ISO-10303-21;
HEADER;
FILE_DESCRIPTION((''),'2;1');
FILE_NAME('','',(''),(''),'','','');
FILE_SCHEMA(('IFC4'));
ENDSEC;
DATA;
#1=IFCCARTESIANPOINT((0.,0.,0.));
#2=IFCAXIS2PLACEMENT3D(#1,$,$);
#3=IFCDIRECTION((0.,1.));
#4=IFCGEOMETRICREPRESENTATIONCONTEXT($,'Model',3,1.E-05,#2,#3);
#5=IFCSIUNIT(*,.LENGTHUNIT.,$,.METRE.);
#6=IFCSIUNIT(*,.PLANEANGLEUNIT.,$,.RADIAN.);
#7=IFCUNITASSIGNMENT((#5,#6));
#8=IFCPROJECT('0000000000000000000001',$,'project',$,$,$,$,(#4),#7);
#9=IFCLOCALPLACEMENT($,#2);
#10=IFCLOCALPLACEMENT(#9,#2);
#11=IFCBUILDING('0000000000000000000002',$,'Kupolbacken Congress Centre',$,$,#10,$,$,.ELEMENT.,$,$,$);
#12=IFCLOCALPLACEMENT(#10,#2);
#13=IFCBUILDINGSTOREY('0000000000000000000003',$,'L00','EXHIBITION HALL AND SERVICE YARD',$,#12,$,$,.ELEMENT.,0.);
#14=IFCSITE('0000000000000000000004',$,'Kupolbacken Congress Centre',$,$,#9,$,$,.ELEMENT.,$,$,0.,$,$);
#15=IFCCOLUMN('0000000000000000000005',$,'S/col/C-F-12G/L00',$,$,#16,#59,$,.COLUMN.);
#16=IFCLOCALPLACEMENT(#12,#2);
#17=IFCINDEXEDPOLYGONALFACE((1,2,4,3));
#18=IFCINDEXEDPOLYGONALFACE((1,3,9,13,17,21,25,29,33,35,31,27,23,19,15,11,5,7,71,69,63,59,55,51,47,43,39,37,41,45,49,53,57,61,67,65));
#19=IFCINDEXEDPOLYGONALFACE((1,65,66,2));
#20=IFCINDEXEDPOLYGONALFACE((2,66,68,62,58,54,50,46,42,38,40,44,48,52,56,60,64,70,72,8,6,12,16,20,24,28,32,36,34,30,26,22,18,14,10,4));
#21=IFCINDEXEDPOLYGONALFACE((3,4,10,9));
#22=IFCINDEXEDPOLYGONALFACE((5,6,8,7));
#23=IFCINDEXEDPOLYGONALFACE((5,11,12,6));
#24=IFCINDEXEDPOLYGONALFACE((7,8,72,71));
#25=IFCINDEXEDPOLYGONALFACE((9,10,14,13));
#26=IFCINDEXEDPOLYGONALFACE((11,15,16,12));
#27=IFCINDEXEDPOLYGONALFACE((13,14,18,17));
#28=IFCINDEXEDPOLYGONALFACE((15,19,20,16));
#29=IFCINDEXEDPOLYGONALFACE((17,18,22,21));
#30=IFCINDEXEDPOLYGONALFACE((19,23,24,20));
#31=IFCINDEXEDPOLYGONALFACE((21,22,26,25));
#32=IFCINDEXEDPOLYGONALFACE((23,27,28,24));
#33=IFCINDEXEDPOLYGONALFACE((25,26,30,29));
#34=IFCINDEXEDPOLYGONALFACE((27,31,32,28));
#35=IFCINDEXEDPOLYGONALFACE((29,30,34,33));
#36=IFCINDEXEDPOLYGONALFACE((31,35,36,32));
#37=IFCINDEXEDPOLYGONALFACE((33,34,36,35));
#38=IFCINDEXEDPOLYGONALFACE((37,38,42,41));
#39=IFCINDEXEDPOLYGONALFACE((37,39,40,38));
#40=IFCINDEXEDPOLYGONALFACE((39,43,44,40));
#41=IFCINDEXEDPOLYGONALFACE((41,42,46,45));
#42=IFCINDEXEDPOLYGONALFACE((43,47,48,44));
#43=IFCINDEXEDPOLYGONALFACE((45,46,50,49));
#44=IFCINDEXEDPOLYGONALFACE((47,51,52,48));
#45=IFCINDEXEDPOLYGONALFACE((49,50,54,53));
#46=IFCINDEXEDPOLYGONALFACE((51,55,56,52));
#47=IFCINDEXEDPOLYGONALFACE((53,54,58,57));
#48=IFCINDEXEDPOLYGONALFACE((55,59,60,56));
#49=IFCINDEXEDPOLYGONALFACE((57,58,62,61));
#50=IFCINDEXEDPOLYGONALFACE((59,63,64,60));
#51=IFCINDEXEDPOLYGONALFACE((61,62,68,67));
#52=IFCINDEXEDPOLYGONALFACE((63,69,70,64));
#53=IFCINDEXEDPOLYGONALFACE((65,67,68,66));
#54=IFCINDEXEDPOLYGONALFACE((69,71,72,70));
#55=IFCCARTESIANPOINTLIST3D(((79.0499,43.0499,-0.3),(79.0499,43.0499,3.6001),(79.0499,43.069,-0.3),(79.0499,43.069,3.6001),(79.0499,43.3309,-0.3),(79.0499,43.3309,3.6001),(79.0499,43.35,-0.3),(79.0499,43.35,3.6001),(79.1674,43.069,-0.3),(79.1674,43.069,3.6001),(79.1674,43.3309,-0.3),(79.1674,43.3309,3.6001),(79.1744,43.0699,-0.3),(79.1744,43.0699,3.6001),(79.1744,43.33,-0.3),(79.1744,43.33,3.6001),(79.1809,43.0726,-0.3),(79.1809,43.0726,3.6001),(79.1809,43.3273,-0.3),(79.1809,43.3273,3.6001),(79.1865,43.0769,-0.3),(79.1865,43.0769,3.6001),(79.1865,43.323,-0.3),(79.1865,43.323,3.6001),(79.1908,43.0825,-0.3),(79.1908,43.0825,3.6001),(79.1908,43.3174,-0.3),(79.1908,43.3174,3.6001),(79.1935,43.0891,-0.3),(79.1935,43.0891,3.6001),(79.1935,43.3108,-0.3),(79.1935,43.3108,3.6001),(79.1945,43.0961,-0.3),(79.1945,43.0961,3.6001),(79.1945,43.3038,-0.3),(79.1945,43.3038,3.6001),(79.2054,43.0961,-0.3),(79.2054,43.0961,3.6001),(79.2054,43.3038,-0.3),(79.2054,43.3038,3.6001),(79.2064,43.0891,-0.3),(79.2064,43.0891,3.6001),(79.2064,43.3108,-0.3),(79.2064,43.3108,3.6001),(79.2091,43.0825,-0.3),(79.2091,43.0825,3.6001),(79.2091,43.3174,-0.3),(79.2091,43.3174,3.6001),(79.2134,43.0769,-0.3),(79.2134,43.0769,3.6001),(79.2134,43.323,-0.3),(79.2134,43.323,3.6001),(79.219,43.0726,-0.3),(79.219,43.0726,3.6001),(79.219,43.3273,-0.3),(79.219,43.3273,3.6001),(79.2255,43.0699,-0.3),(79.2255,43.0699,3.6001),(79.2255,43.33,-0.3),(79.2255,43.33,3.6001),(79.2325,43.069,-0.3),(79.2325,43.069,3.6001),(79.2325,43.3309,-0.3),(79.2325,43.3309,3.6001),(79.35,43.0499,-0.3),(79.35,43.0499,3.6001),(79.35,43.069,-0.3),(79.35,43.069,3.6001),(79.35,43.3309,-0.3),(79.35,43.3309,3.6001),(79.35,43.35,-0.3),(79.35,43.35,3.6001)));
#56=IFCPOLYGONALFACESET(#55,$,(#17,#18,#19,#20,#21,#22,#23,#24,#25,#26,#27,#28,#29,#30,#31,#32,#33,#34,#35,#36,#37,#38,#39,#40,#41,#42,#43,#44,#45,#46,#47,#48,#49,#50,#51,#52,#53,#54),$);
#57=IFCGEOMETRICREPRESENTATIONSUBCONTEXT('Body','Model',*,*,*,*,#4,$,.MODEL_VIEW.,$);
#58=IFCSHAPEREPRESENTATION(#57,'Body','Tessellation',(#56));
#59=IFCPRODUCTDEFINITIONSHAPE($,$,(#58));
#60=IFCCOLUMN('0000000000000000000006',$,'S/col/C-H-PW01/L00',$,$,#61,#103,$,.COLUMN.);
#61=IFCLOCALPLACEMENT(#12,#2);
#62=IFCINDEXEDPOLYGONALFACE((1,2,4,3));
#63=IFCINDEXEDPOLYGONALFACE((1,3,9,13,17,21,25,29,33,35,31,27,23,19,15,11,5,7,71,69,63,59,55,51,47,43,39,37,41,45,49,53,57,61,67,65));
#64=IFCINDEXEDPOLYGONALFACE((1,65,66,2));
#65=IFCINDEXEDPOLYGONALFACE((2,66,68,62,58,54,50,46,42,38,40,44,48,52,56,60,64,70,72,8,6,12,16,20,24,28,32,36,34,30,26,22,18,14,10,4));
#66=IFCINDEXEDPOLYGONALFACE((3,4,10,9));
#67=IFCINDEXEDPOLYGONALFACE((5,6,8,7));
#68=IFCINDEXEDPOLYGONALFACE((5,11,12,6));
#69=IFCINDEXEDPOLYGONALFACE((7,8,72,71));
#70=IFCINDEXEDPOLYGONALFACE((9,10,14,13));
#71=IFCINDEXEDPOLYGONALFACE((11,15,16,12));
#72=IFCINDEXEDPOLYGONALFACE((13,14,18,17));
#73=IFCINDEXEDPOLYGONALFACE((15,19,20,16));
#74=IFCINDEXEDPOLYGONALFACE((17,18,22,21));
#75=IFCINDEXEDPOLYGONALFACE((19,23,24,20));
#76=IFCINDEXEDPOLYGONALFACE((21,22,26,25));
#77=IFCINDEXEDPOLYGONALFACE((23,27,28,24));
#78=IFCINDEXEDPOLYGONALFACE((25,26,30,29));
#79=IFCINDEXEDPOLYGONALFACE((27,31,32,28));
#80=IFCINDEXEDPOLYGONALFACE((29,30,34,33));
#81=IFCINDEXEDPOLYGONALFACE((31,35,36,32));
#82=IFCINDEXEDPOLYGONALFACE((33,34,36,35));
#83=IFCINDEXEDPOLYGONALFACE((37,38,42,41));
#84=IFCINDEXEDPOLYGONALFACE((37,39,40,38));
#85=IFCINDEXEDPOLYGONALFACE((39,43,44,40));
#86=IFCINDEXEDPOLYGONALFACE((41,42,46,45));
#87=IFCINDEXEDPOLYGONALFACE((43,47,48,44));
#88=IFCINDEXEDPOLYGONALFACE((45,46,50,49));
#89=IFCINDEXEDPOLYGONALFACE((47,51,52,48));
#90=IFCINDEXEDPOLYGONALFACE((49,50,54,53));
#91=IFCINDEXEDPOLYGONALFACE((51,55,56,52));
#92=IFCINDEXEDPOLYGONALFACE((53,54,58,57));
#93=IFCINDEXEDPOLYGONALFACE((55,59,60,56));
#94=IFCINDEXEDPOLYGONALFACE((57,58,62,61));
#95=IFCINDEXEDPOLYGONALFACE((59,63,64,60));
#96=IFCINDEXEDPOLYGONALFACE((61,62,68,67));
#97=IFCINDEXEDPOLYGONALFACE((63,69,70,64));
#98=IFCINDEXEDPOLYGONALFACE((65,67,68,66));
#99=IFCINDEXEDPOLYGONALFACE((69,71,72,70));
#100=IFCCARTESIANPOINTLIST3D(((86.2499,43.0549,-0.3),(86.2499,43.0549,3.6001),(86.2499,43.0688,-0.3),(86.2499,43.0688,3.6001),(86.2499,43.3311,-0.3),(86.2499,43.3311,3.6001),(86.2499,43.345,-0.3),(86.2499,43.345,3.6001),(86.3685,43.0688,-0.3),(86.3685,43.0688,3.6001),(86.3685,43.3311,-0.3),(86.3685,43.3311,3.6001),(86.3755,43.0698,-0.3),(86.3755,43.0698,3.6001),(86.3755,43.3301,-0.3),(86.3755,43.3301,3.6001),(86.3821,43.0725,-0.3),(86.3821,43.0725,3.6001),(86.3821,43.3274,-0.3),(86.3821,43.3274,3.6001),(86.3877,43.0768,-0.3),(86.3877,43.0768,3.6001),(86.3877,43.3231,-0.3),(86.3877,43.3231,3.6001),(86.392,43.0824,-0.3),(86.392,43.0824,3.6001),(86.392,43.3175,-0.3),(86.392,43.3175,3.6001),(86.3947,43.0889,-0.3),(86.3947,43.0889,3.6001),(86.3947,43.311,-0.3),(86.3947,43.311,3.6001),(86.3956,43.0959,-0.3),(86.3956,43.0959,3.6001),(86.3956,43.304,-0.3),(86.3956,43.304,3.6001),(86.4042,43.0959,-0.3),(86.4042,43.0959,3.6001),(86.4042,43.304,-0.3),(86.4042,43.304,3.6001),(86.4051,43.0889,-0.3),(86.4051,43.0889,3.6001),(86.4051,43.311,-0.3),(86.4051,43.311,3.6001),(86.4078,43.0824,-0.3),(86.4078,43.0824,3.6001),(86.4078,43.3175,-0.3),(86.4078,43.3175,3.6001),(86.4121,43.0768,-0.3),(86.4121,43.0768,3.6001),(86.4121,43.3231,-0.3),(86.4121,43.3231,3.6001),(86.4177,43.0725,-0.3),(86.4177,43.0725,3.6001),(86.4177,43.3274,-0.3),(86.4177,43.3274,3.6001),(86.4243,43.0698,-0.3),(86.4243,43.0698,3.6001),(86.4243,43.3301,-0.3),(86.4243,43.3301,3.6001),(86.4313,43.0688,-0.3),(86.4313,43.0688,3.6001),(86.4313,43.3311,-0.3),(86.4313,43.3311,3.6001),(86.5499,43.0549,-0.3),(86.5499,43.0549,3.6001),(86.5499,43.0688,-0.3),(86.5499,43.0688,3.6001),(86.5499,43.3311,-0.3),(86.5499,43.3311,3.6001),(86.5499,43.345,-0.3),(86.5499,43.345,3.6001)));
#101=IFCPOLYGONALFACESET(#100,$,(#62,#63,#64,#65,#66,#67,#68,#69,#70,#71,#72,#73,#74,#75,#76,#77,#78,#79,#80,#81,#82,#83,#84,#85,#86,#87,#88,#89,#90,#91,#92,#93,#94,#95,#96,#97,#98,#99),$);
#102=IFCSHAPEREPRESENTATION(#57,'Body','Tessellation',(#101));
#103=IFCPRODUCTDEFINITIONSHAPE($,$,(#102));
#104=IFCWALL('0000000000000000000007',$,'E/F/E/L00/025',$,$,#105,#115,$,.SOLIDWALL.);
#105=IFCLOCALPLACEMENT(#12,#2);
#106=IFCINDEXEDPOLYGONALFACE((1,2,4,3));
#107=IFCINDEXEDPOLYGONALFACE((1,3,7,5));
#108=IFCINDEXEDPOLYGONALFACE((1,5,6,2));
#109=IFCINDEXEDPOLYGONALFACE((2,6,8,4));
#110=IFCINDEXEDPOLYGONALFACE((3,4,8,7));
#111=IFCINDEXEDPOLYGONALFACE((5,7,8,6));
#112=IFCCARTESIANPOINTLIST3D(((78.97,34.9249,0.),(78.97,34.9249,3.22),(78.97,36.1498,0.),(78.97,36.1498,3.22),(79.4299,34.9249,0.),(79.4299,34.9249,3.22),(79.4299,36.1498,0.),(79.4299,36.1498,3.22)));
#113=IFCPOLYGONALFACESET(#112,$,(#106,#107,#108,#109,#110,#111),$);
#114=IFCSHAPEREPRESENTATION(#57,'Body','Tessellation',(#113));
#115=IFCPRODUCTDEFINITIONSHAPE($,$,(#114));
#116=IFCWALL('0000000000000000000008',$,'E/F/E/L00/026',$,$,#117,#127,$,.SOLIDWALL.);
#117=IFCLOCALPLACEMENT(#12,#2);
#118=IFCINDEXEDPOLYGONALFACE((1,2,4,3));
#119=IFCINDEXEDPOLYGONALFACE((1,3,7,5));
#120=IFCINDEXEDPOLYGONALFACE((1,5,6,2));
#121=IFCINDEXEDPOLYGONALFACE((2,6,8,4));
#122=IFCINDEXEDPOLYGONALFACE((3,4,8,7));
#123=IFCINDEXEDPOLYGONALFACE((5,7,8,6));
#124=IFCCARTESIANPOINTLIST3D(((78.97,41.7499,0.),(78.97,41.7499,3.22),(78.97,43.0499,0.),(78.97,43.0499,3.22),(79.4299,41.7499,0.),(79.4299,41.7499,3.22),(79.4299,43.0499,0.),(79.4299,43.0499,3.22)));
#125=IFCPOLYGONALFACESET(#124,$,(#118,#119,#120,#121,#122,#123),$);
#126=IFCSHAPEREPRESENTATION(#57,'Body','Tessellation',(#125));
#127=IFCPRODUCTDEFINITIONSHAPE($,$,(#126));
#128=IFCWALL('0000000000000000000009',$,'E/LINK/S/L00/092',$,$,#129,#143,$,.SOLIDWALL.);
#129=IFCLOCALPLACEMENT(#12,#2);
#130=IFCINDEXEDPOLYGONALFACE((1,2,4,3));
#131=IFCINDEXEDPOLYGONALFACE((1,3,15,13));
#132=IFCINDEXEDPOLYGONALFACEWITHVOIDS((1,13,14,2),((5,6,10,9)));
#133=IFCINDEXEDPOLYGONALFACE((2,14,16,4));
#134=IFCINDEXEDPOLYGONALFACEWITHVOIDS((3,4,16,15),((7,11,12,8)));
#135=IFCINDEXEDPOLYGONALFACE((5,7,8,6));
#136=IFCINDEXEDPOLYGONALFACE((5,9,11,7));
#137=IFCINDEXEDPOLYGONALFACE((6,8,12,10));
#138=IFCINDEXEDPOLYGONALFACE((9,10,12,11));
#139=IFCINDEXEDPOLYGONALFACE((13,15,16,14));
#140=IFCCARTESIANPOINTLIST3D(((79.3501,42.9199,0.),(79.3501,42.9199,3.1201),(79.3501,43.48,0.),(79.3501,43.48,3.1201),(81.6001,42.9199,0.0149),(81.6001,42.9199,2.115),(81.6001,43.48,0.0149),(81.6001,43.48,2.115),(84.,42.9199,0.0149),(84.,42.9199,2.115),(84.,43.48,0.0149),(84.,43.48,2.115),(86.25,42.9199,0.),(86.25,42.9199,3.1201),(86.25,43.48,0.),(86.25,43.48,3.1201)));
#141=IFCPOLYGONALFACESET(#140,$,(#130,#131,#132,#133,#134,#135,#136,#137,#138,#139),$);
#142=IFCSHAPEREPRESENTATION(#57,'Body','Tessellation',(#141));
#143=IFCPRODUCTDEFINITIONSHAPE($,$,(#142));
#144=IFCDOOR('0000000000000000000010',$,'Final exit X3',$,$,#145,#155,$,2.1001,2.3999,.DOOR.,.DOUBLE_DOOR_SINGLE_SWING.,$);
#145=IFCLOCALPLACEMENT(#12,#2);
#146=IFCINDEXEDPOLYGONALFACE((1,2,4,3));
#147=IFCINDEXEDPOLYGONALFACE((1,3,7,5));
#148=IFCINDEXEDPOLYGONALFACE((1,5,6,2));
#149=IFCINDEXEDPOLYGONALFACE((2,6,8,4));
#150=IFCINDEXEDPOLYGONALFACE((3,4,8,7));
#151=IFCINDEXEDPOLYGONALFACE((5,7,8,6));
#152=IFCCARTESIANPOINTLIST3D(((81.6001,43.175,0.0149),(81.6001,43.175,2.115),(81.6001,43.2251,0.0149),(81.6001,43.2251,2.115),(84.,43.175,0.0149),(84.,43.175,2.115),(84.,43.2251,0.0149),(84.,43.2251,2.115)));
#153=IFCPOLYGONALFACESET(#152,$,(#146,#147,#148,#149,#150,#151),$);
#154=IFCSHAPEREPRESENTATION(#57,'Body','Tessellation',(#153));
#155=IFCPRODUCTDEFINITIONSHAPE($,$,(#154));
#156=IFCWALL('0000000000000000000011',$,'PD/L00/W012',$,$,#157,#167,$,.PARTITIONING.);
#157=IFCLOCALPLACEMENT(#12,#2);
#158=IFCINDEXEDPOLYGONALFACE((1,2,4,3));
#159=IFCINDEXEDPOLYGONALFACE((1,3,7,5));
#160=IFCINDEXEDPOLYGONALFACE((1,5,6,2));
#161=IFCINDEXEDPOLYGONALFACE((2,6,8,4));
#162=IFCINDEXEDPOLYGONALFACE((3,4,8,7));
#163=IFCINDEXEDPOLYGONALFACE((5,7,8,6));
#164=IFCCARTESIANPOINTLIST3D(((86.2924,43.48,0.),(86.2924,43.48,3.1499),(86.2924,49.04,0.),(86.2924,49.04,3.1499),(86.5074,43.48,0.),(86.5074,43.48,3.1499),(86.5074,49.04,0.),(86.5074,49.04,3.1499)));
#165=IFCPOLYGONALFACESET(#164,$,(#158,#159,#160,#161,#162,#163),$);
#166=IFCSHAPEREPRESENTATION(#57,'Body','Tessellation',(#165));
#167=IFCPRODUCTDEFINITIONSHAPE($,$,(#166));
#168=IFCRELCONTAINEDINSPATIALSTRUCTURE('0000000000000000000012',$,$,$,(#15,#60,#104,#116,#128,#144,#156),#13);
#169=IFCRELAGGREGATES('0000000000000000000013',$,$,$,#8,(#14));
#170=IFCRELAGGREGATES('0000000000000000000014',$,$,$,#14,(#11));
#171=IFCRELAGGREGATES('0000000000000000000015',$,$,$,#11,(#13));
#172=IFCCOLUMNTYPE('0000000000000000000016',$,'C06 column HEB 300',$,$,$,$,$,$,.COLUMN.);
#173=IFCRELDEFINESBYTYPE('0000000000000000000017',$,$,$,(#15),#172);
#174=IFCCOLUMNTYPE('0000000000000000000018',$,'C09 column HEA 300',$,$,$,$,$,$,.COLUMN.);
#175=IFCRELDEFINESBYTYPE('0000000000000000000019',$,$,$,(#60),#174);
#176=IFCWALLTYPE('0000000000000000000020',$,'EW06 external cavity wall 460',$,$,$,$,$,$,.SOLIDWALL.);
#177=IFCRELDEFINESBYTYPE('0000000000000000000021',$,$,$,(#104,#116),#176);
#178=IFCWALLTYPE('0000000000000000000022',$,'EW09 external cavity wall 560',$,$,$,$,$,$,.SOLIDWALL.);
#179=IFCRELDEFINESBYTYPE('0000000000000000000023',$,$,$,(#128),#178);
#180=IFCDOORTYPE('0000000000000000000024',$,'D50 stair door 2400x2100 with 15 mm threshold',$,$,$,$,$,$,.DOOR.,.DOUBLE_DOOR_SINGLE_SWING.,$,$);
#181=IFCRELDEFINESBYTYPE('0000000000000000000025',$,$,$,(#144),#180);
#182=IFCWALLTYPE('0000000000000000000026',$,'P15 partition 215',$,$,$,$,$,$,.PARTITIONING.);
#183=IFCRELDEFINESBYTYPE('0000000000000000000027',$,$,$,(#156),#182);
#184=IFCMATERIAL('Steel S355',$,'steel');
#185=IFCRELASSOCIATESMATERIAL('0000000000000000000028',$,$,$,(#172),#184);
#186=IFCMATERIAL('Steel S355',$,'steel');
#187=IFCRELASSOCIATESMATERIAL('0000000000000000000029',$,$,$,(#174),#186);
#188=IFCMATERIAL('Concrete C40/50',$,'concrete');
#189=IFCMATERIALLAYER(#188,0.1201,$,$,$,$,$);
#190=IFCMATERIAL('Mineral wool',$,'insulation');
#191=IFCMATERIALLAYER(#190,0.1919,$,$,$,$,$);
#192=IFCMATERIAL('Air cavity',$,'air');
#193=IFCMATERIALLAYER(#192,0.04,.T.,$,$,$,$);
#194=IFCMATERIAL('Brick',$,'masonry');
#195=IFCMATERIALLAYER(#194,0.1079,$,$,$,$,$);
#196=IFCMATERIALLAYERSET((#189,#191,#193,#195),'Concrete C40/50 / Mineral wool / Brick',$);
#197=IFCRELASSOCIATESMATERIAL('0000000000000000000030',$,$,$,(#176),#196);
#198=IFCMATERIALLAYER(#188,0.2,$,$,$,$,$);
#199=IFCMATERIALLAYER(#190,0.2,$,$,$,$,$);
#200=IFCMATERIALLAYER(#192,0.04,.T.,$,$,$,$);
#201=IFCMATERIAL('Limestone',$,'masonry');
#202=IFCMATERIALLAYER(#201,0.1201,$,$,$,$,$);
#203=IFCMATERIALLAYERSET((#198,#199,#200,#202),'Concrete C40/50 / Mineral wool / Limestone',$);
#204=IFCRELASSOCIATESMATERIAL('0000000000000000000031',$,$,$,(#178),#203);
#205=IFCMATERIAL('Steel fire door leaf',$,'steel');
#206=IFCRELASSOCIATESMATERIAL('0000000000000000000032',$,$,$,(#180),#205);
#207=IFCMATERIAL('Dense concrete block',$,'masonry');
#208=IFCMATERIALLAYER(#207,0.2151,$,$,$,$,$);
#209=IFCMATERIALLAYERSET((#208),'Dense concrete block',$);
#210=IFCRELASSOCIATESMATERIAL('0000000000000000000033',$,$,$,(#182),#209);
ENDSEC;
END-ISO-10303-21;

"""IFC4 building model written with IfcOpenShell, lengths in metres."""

from ifc_helpers import new_model, si_unit, direction, frame, frame_2d, origin, origin_2d, place, context, subcontext, project, spatial, rectangle, i_section, extrude, material, layer, layer_set, material_profile, profile_set, type_object, element, fill, save


model = new_model("IFC4")

# Units and contexts
model_context = context("Model", 3, precision=1e-05, world=origin(), true_north=direction((0.0, 1.0)))
body_context = subcontext(model_context, "Body", "Model", "MODEL_VIEW")
ifc_project = project(units=[si_unit("LENGTHUNIT", "METRE"), si_unit("PLANEANGLEUNIT", "RADIAN")], contexts=[model_context])

# Site, building, storey
site_placement = place(None, origin())
site = spatial("IfcSite", under=ifc_project, at=site_placement, Name="Kupolbacken Congress Centre", CompositionType="ELEMENT", RefElevation=0.0)
building_placement = place(site_placement, origin())
building = spatial("IfcBuilding", under=site, at=building_placement, Name="Kupolbacken Congress Centre", CompositionType="ELEMENT")
storey_placement = place(building_placement, origin())
storey = spatial("IfcBuildingStorey", under=building, at=storey_placement, Name="L00", Description="EXHIBITION HALL AND SERVICE YARD", CompositionType="ELEMENT", Elevation=0.0)

# Columns
ifc_material_1 = material(Name="Steel S355", Category="steel")
ifc_material_profile_1 = material_profile(ifc_material_1, i_section(OverallWidth=0.3, OverallDepth=0.3, WebThickness=0.011, FlangeThickness=0.019, FilletRadius=0.0271, at=origin_2d()), Name="HEB 300")
ifc_profile_set_1 = profile_set([ifc_material_profile_1], Name="Steel S355")
column_type_1 = type_object("IfcColumnType", Name="C06 column HEB 300", PredefinedType="COLUMN", material=ifc_profile_set_1)
column_1_placement = place(storey_placement, frame((79.2, 43.2, -0.3), z_axis=(0.0, 0.0, 1.0), x_axis=(1.0, 0.0, 0.0)))
element("IfcColumn", 1, at=column_1_placement, inside=storey, type_object=column_type_1, Name="S/col/C-F-12G/L00", PredefinedType="COLUMN", context=body_context, shape_type="SweptSolid", body=[
    extrude(i_section(OverallWidth=0.3, OverallDepth=0.3, WebThickness=0.011, FlangeThickness=0.019, FilletRadius=0.0271, at=origin_2d()), origin(), (0.0, 0.0, 1.0), 3.9001),
])
ifc_material_2 = material(Name="Steel S355", Category="steel")
ifc_material_profile_2 = material_profile(ifc_material_2, i_section(OverallWidth=0.3, OverallDepth=0.29, WebThickness=0.0085, FlangeThickness=0.0139, FilletRadius=0.0271, at=origin_2d()), Name="HEA 300")
ifc_profile_set_2 = profile_set([ifc_material_profile_2], Name="Steel S355")
column_type_2 = type_object("IfcColumnType", Name="C09 column HEA 300", PredefinedType="COLUMN", material=ifc_profile_set_2)
column_2_placement = place(storey_placement, frame((86.3999, 43.2, -0.3), z_axis=(0.0, 0.0, 1.0), x_axis=(1.0, 0.0, 0.0)))
element("IfcColumn", 2, at=column_2_placement, inside=storey, type_object=column_type_2, Name="S/col/C-H-PW01/L00", PredefinedType="COLUMN", context=body_context, shape_type="SweptSolid", body=[
    extrude(i_section(OverallWidth=0.3, OverallDepth=0.29, WebThickness=0.0085, FlangeThickness=0.0139, FilletRadius=0.0271, at=origin_2d()), origin(), (0.0, 0.0, 1.0), 3.9001),
])

# Walls
ifc_material_3 = material(Name="Concrete C40/50", Category="concrete")
ifc_layer_1 = layer(ifc_material_3, 0.1201)
ifc_material_4 = material(Name="Mineral wool", Category="insulation")
ifc_layer_2 = layer(ifc_material_4, 0.1919)
ifc_material_5 = material(Name="Air cavity", Category="air")
ifc_layer_3 = layer(ifc_material_5, 0.04, ventilated=True)
ifc_material_6 = material(Name="Brick", Category="masonry")
ifc_layer_4 = layer(ifc_material_6, 0.1079)
ifc_layer_set_1 = layer_set([ifc_layer_1, ifc_layer_2, ifc_layer_3, ifc_layer_4], Name="Concrete C40/50 / Mineral wool / Brick")
wall_type_1 = type_object("IfcWallType", Name="EW06 external cavity wall 460", PredefinedType="SOLIDWALL", material=ifc_layer_set_1)
wall_1_placement = place(storey_placement, frame((79.2, 34.925, 0.0), z_axis=(0.0, 0.0, 1.0), x_axis=(0.0, 1.0, 0.0)))
element("IfcWall", 3, at=wall_1_placement, inside=storey, type_object=wall_type_1, Name="E/F/E/L00/025", PredefinedType="SOLIDWALL", context=body_context, shape_type="SweptSolid", body=[
    extrude(rectangle(XDim=1.2249, YDim=0.46, at=frame_2d((0.6123, 0.0))), origin(), (0.0, 0.0, 1.0), 3.22),
])
wall_2_placement = place(storey_placement, frame((79.2, 41.75, 0.0), z_axis=(0.0, 0.0, 1.0), x_axis=(0.0, 1.0, 0.0)))
element("IfcWall", 4, at=wall_2_placement, inside=storey, type_object=wall_type_1, Name="E/F/E/L00/026", PredefinedType="SOLIDWALL", context=body_context, shape_type="SweptSolid", body=[
    extrude(rectangle(XDim=1.3, YDim=0.46, at=frame_2d((0.6499, 0.0))), origin(), (0.0, 0.0, 1.0), 3.22),
])

# Wall, opening, door
ifc_layer_5 = layer(ifc_material_3, 0.2)
ifc_layer_6 = layer(ifc_material_4, 0.2)
ifc_layer_7 = layer(ifc_material_5, 0.04, ventilated=True)
ifc_material_7 = material(Name="Limestone", Category="masonry")
ifc_layer_8 = layer(ifc_material_7, 0.1201)
ifc_layer_set_2 = layer_set([ifc_layer_5, ifc_layer_6, ifc_layer_7, ifc_layer_8], Name="Concrete C40/50 / Mineral wool / Limestone")
wall_type_2 = type_object("IfcWallType", Name="EW09 external cavity wall 560", PredefinedType="SOLIDWALL", material=ifc_layer_set_2)
wall_3_placement = place(storey_placement, frame((79.3501, 43.2, 0.0), z_axis=(0.0, 0.0, 1.0), x_axis=(1.0, 0.0, 0.0)))
wall_3 = element("IfcWall", 5, at=wall_3_placement, inside=storey, type_object=wall_type_2, Name="E/LINK/S/L00/092", PredefinedType="SOLIDWALL", context=body_context, shape_type="SweptSolid", body=[
    extrude(rectangle(XDim=6.8999, YDim=0.5601, at=frame_2d((3.45, 0.0))), origin(), (0.0, 0.0, 1.0), 3.1201),
])
opening_placement = place(wall_3_placement, frame((2.25, 0.0, 0.0149)))
opening = element("IfcOpeningElement", 6, at=opening_placement, cuts=wall_3, PredefinedType="OPENING", context=body_context, shape_type="SweptSolid", body=[
    extrude(rectangle(XDim=2.3999, YDim=2.1001, at=frame_2d((1.2, 1.05))), frame((0.0, 0.29, 0.0), z_axis=(0.0, -1.0, 0.0), x_axis=(1.0, 0.0, 0.0)), (0.0, 0.0, 1.0), 0.5801),
])
ifc_material_8 = material(Name="Steel fire door leaf", Category="steel")
door_type = type_object("IfcDoorType", Name="D50 stair door 2400x2100 with 15 mm threshold", OperationType="DOUBLE_DOOR_SINGLE_SWING", PredefinedType="DOOR", material=ifc_material_8)
door_placement = place(opening_placement, frame((2.3999, 0.0, 0.0), z_axis=(0.0, 0.0, 1.0), x_axis=(-1.0, 0.0, 0.0)))
door = element("IfcDoor", 7, at=door_placement, inside=storey, type_object=door_type, Name="Final exit X3", OperationType="DOUBLE_DOOR_SINGLE_SWING", OverallHeight=2.1001, OverallWidth=2.3999, PredefinedType="DOOR", context=body_context, shape_type="SweptSolid", body=[
    extrude(rectangle(XDim=2.3999, YDim=2.1001, at=frame_2d((1.2, 1.05))), frame((0.0, 0.0249, 0.0), z_axis=(0.0, -1.0, 0.0), x_axis=(1.0, 0.0, 0.0)), (0.0, 0.0, 1.0), 0.05),
])
fill(opening, door)

# Wall
ifc_material_9 = material(Name="Dense concrete block", Category="masonry")
ifc_layer_9 = layer(ifc_material_9, 0.2151)
ifc_layer_set_3 = layer_set([ifc_layer_9], Name="Dense concrete block")
wall_type_3 = type_object("IfcWallType", Name="P15 partition 215", PredefinedType="PARTITIONING", material=ifc_layer_set_3)
wall_4_placement = place(storey_placement, frame((86.3999, 43.48, 0.0), z_axis=(0.0, 0.0, 1.0), x_axis=(0.0, 1.0, 0.0)))
element("IfcWall", 8, at=wall_4_placement, inside=storey, type_object=wall_type_3, Name="PD/L00/W012", PredefinedType="PARTITIONING", context=body_context, shape_type="SweptSolid", body=[
    extrude(rectangle(XDim=5.5601, YDim=0.2151, at=frame_2d((2.78, 0.0))), origin(), (0.0, 0.0, 1.0), 3.1499),
])

save(model, "model.ifc")
